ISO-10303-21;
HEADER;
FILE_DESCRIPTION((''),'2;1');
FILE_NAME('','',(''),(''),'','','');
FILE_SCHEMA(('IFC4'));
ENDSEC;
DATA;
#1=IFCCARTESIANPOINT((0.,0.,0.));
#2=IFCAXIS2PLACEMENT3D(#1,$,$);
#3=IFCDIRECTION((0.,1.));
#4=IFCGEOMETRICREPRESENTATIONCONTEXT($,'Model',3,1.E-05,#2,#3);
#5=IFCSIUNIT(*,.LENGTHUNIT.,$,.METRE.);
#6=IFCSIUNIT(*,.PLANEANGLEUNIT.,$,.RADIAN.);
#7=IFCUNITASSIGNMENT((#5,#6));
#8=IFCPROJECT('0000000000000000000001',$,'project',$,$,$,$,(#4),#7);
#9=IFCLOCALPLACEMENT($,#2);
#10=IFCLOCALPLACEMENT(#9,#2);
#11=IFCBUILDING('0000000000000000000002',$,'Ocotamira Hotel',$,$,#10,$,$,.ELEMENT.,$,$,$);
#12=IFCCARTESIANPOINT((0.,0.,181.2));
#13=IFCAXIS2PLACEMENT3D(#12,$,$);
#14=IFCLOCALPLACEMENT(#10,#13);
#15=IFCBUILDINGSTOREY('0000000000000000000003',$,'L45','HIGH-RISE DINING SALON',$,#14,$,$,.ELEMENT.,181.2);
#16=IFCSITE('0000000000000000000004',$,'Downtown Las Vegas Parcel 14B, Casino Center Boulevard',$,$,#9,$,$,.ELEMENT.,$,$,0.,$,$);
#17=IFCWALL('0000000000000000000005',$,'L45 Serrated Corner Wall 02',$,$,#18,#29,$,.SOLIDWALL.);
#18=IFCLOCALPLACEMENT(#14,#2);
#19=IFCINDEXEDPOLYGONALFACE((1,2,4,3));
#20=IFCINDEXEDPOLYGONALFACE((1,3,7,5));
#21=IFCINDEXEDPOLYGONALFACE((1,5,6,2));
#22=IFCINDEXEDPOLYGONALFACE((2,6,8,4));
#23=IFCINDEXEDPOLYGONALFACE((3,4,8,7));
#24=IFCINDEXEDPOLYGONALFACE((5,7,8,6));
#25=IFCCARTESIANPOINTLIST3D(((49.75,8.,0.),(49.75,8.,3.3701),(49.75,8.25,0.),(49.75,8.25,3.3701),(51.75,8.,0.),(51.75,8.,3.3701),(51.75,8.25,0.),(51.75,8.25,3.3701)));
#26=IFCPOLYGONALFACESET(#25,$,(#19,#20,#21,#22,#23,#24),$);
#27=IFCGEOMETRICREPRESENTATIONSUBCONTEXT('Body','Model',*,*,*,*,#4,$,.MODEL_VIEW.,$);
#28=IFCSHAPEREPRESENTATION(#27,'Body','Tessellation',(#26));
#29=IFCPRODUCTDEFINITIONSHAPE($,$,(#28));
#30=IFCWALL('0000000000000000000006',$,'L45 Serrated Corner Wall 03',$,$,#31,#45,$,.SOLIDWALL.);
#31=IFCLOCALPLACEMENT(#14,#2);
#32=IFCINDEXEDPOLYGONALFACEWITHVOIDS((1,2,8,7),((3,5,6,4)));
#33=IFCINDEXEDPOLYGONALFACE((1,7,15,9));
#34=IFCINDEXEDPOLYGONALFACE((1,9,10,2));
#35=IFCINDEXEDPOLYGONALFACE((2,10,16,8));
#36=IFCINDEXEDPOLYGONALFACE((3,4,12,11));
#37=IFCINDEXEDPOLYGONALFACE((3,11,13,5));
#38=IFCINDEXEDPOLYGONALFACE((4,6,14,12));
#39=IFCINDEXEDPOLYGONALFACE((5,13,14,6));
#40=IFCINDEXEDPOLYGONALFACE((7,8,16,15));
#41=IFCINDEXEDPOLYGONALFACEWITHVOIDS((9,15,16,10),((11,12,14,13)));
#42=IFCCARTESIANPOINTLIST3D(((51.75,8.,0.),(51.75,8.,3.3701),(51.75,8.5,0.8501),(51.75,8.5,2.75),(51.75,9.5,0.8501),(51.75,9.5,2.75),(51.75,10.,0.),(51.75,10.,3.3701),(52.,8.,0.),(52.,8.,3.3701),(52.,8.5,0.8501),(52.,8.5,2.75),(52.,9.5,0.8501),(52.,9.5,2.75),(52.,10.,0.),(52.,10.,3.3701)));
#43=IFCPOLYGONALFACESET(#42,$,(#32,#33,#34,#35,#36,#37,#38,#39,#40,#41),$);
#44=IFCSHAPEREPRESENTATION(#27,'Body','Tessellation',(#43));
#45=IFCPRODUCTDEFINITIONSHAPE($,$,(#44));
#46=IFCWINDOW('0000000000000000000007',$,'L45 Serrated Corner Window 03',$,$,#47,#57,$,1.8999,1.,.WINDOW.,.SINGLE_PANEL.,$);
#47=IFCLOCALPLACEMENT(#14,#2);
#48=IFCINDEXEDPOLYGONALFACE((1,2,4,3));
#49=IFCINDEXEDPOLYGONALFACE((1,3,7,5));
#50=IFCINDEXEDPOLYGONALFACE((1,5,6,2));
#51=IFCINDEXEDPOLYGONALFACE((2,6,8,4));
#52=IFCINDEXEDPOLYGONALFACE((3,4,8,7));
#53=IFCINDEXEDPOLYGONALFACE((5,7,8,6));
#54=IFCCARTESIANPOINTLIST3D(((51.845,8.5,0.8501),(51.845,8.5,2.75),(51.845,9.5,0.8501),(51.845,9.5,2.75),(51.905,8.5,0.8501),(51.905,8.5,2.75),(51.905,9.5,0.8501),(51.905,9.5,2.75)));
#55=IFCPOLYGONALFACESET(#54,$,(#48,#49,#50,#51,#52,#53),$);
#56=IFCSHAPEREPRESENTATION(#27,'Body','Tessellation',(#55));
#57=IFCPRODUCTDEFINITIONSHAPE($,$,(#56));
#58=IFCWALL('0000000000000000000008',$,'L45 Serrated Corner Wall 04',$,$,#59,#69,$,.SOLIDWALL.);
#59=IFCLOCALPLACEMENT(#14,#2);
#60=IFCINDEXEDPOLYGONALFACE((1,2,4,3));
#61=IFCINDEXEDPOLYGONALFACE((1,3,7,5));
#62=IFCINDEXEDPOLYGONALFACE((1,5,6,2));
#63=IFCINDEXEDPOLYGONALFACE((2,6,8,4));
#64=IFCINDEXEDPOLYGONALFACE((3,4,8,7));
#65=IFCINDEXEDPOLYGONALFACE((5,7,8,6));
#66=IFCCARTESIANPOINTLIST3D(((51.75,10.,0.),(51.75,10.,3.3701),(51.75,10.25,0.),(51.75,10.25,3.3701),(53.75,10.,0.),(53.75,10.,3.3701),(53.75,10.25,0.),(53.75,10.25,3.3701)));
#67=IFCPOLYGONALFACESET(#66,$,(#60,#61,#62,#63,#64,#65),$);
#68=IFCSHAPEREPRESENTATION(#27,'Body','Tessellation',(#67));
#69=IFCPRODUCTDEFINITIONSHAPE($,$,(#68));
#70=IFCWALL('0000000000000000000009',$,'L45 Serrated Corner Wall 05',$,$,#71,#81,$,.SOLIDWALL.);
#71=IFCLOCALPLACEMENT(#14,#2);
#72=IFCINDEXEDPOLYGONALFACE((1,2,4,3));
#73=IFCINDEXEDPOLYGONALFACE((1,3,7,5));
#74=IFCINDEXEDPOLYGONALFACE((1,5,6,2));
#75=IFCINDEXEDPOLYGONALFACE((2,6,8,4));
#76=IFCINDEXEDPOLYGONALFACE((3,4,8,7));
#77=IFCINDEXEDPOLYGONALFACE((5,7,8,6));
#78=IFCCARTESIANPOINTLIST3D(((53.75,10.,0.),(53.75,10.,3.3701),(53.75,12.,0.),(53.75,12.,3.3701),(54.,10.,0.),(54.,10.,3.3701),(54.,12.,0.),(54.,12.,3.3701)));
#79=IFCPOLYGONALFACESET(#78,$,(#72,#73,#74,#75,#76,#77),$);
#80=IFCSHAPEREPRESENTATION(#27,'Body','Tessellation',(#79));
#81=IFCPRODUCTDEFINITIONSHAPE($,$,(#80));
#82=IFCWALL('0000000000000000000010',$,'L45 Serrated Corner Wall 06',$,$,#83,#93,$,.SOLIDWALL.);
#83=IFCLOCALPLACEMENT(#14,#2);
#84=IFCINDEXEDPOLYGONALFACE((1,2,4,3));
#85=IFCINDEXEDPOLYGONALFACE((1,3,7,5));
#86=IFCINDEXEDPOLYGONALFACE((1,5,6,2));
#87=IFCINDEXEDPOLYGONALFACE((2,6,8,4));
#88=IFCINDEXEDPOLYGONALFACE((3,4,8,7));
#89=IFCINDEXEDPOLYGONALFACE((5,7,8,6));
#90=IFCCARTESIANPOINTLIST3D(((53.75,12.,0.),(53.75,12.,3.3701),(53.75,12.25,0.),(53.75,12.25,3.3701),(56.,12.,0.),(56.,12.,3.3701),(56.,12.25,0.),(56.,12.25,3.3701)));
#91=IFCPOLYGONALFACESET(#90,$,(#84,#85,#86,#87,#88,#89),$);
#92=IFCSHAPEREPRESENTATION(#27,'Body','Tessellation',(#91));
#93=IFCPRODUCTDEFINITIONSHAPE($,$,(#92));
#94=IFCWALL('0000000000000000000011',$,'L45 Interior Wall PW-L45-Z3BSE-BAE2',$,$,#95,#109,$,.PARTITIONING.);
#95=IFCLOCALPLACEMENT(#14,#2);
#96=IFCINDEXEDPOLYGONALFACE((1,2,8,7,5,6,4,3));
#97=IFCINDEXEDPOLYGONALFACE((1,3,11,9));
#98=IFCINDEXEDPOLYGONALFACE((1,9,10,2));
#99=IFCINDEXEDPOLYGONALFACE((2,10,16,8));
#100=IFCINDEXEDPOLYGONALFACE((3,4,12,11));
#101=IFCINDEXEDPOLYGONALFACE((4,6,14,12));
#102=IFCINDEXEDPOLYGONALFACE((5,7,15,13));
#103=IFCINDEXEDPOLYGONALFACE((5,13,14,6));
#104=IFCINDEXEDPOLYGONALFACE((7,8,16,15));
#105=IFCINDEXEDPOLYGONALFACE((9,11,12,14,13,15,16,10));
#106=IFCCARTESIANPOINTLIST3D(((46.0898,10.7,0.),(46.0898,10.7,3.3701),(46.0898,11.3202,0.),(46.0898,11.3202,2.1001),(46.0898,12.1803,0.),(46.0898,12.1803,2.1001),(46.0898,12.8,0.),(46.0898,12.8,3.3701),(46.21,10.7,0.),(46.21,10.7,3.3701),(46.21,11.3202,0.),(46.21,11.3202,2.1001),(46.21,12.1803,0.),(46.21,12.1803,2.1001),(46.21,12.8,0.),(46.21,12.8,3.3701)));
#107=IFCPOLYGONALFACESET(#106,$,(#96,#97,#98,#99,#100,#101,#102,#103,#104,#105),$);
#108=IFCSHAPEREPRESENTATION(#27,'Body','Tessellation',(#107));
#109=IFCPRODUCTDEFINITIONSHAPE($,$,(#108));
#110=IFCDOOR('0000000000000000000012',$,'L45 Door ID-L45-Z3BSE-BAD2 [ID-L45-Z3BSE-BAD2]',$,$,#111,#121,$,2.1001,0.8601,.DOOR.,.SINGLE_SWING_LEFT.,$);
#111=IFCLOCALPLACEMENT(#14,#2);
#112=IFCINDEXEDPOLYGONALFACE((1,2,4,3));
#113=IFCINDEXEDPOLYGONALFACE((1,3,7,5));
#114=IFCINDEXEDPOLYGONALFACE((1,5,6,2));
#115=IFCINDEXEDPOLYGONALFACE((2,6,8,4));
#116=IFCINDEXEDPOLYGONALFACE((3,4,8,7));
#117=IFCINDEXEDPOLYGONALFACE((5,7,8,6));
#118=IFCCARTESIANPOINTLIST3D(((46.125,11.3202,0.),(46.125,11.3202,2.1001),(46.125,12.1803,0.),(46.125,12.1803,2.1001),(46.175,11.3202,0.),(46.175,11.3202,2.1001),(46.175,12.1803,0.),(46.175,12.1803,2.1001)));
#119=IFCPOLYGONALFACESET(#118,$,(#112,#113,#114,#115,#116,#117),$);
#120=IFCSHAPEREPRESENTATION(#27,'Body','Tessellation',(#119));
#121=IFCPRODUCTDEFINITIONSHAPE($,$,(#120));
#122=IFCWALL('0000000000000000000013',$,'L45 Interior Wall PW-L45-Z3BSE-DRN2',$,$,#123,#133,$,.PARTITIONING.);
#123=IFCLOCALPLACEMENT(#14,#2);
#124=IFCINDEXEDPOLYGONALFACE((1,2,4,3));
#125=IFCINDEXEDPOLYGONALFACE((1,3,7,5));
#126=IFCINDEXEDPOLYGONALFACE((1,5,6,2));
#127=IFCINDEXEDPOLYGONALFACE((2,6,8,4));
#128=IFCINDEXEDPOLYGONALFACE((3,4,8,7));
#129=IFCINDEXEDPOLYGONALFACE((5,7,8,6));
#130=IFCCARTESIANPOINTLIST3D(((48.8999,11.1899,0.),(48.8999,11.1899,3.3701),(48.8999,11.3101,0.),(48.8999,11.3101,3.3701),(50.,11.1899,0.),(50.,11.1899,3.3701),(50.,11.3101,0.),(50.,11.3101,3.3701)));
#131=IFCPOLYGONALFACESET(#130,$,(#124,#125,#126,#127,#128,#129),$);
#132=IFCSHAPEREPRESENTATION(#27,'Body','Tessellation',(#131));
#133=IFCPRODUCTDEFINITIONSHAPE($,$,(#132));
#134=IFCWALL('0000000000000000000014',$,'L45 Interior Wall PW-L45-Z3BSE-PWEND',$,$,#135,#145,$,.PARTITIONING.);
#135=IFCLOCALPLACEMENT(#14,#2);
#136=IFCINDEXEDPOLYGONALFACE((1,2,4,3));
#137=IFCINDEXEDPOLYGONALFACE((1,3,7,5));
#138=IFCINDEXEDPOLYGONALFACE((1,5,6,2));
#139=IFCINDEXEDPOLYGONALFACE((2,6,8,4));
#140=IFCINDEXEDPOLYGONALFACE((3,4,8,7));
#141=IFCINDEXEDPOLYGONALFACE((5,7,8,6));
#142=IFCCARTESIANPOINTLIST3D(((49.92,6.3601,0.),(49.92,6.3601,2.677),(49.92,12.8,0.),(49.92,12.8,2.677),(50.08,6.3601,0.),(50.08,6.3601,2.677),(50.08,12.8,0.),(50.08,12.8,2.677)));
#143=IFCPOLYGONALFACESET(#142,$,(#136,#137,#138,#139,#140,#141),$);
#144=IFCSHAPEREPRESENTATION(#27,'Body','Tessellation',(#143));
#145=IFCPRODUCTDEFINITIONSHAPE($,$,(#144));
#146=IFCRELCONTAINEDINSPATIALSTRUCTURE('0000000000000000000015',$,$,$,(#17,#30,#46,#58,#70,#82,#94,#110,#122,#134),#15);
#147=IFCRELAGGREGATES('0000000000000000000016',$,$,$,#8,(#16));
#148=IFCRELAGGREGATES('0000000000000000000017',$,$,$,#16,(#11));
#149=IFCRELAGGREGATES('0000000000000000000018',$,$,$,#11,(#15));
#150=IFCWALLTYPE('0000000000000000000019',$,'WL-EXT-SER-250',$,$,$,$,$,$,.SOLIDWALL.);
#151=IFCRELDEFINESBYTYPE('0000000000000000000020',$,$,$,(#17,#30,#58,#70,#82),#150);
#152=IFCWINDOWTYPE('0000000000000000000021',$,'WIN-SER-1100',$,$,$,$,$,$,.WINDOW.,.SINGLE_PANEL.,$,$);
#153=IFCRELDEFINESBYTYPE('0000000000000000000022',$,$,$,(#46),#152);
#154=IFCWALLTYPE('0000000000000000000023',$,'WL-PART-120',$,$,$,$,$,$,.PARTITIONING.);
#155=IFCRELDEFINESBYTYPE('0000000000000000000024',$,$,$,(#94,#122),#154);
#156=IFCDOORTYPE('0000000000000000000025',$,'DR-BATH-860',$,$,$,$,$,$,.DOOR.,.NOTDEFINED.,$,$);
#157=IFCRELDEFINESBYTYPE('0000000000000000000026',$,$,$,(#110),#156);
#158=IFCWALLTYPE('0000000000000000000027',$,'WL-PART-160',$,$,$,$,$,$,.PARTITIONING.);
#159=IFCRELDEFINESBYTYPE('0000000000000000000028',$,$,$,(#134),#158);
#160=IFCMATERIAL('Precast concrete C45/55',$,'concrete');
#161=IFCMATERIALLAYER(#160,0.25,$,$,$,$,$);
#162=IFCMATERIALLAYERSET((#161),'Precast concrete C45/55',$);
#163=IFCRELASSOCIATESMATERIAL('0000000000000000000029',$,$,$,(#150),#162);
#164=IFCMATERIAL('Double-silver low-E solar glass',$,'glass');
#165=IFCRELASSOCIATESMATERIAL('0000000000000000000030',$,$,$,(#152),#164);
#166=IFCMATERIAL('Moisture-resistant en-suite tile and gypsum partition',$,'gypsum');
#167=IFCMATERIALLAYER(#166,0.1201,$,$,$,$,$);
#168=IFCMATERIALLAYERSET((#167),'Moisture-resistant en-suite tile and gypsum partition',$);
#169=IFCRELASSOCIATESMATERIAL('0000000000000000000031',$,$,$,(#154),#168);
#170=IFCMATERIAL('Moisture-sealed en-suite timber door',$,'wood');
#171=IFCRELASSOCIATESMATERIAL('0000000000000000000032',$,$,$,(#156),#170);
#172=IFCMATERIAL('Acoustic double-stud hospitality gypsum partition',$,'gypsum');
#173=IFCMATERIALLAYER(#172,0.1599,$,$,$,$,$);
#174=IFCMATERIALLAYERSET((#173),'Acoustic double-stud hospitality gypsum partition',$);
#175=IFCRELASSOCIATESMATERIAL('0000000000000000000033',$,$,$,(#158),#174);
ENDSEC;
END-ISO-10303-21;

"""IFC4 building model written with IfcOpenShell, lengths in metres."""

from ifc_helpers import new_model, si_unit, direction, frame, frame_2d, origin, place, context, subcontext, project, spatial, rectangle, extrude, source, transform, mapped, material, layer, layer_set, type_object, element, fill, save


model = new_model("IFC4")

# Units and contexts
model_context = context("Model", 3, precision=1e-05, world=origin(), true_north=direction((0.0, 1.0)))
body_context = subcontext(model_context, "Body", "Model", "MODEL_VIEW")
ifc_project = project(units=[si_unit("LENGTHUNIT", "METRE"), si_unit("PLANEANGLEUNIT", "RADIAN")], contexts=[model_context])

# Site, building, storey
site_placement = place(None, origin())
site = spatial("IfcSite", under=ifc_project, at=site_placement, Name="Downtown Las Vegas Parcel 14B, Casino Center Boulevard", CompositionType="ELEMENT", RefElevation=0.0)
building_placement = place(site_placement, origin())
building = spatial("IfcBuilding", under=site, at=building_placement, Name="Ocotamira Hotel", CompositionType="ELEMENT")
storey_placement = place(building_placement, frame((0.0, 0.0, 181.2)))
storey = spatial("IfcBuildingStorey", under=building, at=storey_placement, Name="L45", Description="HIGH-RISE DINING SALON", CompositionType="ELEMENT", Elevation=181.2)

# Wall
ifc_material_1 = material(Name="Precast concrete C45/55", Category="concrete")
ifc_layer_1 = layer(ifc_material_1, 0.25)
ifc_layer_set_1 = layer_set([ifc_layer_1], Name="Precast concrete C45/55")
wall_type_1 = type_object("IfcWallType", Name="WL-EXT-SER-250", PredefinedType="SOLIDWALL", material=ifc_layer_set_1)
wall_1_placement = place(storey_placement, frame((49.75, 8.125, 0.0), z_axis=(0.0, 0.0, 1.0), x_axis=(1.0, 0.0, 0.0)))
element("IfcWall", 1, at=wall_1_placement, inside=storey, type_object=wall_type_1, Name="L45 Serrated Corner Wall 02", PredefinedType="SOLIDWALL", context=body_context, shape_type="SweptSolid", body=[
    extrude(rectangle(XDim=2.0, YDim=0.25, at=frame_2d((1.0, 0.0))), origin(), (0.0, 0.0, 1.0), 3.3701),
])

# Wall, opening, window
wall_2_placement = place(storey_placement, frame((51.875, 8.0, 0.0), z_axis=(0.0, 0.0, 1.0), x_axis=(0.0, 1.0, 0.0)))
wall_2 = element("IfcWall", 2, at=wall_2_placement, inside=storey, type_object=wall_type_1, Name="L45 Serrated Corner Wall 03", PredefinedType="SOLIDWALL", context=body_context, shape_type="SweptSolid", body=[
    extrude(rectangle(XDim=2.0, YDim=0.25, at=frame_2d((1.0, 0.0))), origin(), (0.0, 0.0, 1.0), 3.3701),
])
opening_1_placement = place(wall_2_placement, frame((0.5, 0.0, 0.8501)))
opening_1 = element("IfcOpeningElement", 3, at=opening_1_placement, cuts=wall_2, PredefinedType="OPENING", context=body_context, shape_type="SweptSolid", body=[
    extrude(rectangle(XDim=1.0, YDim=1.8999, at=frame_2d((0.5, 0.95))), frame((0.0, 0.135, 0.0), z_axis=(0.0, -1.0, 0.0), x_axis=(1.0, 0.0, 0.0)), (0.0, 0.0, 1.0), 0.27),
])
ifc_material_2 = material(Name="Double-silver low-E solar glass", Category="glass")
window_type = type_object("IfcWindowType", Name="WIN-SER-1100", PartitioningType="SINGLE_PANEL", PredefinedType="WINDOW", material=ifc_material_2)
shared_shape_1 = source(origin(), body_context, "Body", "SweptSolid", [
    extrude(rectangle(XDim=1.0, YDim=1.8999, at=frame_2d((0.5, 0.95))), frame((0.0, 0.03, 0.0), z_axis=(0.0, -1.0, 0.0), x_axis=(1.0, 0.0, 0.0)), (0.0, 0.0, 1.0), 0.0601),
])
window_placement = place(opening_1_placement, origin())
window = element("IfcWindow", 4, at=window_placement, inside=storey, type_object=window_type, Name="L45 Serrated Corner Window 03", OverallHeight=1.8999, OverallWidth=1.0, PartitioningType="SINGLE_PANEL", PredefinedType="WINDOW", context=body_context, shape_type="MappedRepresentation", body=[
    mapped(shared_shape_1, transform((0.0, 0.0, 0.0), scale=1.0)),
])
fill(opening_1, window)

# Walls
for number, where, z_axis, x_axis, name in (
    (5, (51.75, 10.125, 0.0), (0.0, 0.0, 1.0), (1.0, 0.0, 0.0), "L45 Serrated Corner Wall 04"),
    (6, (53.875, 10.0, 0.0), (0.0, 0.0, 1.0), (0.0, 1.0, 0.0), "L45 Serrated Corner Wall 05"),
):
    element("IfcWall", number, at=place(storey_placement, frame(where, z_axis=z_axis, x_axis=x_axis)), inside=storey, type_object=wall_type_1, Name=name, PredefinedType="SOLIDWALL", context=body_context, shape_type="SweptSolid", body=[
        extrude(rectangle(XDim=2.0, YDim=0.25, at=frame_2d((1.0, 0.0))), origin(), (0.0, 0.0, 1.0), 3.3701),
    ])
wall_3_placement = place(storey_placement, frame((53.75, 12.125, 0.0), z_axis=(0.0, 0.0, 1.0), x_axis=(1.0, 0.0, 0.0)))
element("IfcWall", 7, at=wall_3_placement, inside=storey, type_object=wall_type_1, Name="L45 Serrated Corner Wall 06", PredefinedType="SOLIDWALL", context=body_context, shape_type="SweptSolid", body=[
    extrude(rectangle(XDim=2.25, YDim=0.25, at=frame_2d((1.125, 0.0))), origin(), (0.0, 0.0, 1.0), 3.3701),
])

# Wall, opening, door
ifc_material_3 = material(Name="Moisture-resistant en-suite tile and gypsum partition", Category="gypsum")
ifc_layer_2 = layer(ifc_material_3, 0.1201)
ifc_layer_set_2 = layer_set([ifc_layer_2], Name="Moisture-resistant en-suite tile and gypsum partition")
wall_type_2 = type_object("IfcWallType", Name="WL-PART-120", PredefinedType="PARTITIONING", material=ifc_layer_set_2)
wall_4_placement = place(storey_placement, frame((46.1499, 10.7, 0.0), z_axis=(0.0, 0.0, 1.0), x_axis=(0.0, 1.0, 0.0)))
wall_4 = element("IfcWall", 8, at=wall_4_placement, inside=storey, type_object=wall_type_2, Name="L45 Interior Wall PW-L45-Z3BSE-BAE2", PredefinedType="PARTITIONING", context=body_context, shape_type="SweptSolid", body=[
    extrude(rectangle(XDim=2.1001, YDim=0.1201, at=frame_2d((1.05, 0.0))), origin(), (0.0, 0.0, 1.0), 3.3701),
])
opening_2_placement = place(wall_4_placement, frame((0.6201, 0.0, 0.0)))
opening_2 = element("IfcOpeningElement", 9, at=opening_2_placement, cuts=wall_4, PredefinedType="OPENING", context=body_context, shape_type="SweptSolid", body=[
    extrude(rectangle(XDim=0.8601, YDim=2.1001, at=frame_2d((0.4302, 1.05))), frame((0.0, 0.0701, 0.0), z_axis=(0.0, -1.0, 0.0), x_axis=(1.0, 0.0, 0.0)), (0.0, 0.0, 1.0), 0.1401),
])
ifc_material_4 = material(Name="Moisture-sealed en-suite timber door", Category="wood")
door_type_1 = type_object("IfcDoorType", Name="DR-BATH-860", OperationType="NOTDEFINED", PredefinedType="DOOR", material=ifc_material_4)
shared_shape_2 = source(origin(), body_context, "Body", "SweptSolid", [
    extrude(rectangle(XDim=0.8601, YDim=2.1001, at=frame_2d((0.4302, 1.05))), frame((0.0, 0.0249, 0.0), z_axis=(0.0, -1.0, 0.0), x_axis=(1.0, 0.0, 0.0)), (0.0, 0.0, 1.0), 0.05),
])
door_1_placement = place(opening_2_placement, origin())
door_1 = element("IfcDoor", 10, at=door_1_placement, inside=storey, type_object=door_type_1, Name="L45 Door ID-L45-Z3BSE-BAD2 [ID-L45-Z3BSE-BAD2]", OperationType="SINGLE_SWING_LEFT", OverallHeight=2.1001, OverallWidth=0.8601, PredefinedType="DOOR", context=body_context, shape_type="MappedRepresentation", body=[
    mapped(shared_shape_2, transform((0.0, 0.0, 0.0), scale=1.0)),
])
fill(opening_2, door_1)

# Walls
wall_5_placement = place(storey_placement, frame((48.8999, 11.25, 0.0), z_axis=(0.0, 0.0, 1.0), x_axis=(1.0, 0.0, 0.0)))
element("IfcWall", 11, at=wall_5_placement, inside=storey, type_object=wall_type_2, Name="L45 Interior Wall PW-L45-Z3BSE-DRN2", PredefinedType="PARTITIONING", context=body_context, shape_type="SweptSolid", body=[
    extrude(rectangle(XDim=1.1001, YDim=0.1201, at=frame_2d((0.55, 0.0))), origin(), (0.0, 0.0, 1.0), 3.3701),
])
ifc_material_5 = material(Name="Acoustic double-stud hospitality gypsum partition", Category="gypsum")
ifc_layer_3 = layer(ifc_material_5, 0.1599)
ifc_layer_set_3 = layer_set([ifc_layer_3], Name="Acoustic double-stud hospitality gypsum partition")
wall_type_3 = type_object("IfcWallType", Name="WL-PART-160", PredefinedType="PARTITIONING", material=ifc_layer_set_3)
wall_6_placement = place(storey_placement, frame((50.0, 6.3601, 0.0), z_axis=(0.0, 0.0, 1.0), x_axis=(0.0, 1.0, 0.0)))
element("IfcWall", 12, at=wall_6_placement, inside=storey, type_object=wall_type_3, Name="L45 Interior Wall PW-L45-Z3BSE-PWEND", PredefinedType="PARTITIONING", context=body_context, shape_type="SweptSolid", body=[
    extrude(rectangle(XDim=6.4399, YDim=0.1599, at=frame_2d((3.22, 0.0))), origin(), (0.0, 0.0, 1.0), 2.677),
])

save(model, "model.ifc")
